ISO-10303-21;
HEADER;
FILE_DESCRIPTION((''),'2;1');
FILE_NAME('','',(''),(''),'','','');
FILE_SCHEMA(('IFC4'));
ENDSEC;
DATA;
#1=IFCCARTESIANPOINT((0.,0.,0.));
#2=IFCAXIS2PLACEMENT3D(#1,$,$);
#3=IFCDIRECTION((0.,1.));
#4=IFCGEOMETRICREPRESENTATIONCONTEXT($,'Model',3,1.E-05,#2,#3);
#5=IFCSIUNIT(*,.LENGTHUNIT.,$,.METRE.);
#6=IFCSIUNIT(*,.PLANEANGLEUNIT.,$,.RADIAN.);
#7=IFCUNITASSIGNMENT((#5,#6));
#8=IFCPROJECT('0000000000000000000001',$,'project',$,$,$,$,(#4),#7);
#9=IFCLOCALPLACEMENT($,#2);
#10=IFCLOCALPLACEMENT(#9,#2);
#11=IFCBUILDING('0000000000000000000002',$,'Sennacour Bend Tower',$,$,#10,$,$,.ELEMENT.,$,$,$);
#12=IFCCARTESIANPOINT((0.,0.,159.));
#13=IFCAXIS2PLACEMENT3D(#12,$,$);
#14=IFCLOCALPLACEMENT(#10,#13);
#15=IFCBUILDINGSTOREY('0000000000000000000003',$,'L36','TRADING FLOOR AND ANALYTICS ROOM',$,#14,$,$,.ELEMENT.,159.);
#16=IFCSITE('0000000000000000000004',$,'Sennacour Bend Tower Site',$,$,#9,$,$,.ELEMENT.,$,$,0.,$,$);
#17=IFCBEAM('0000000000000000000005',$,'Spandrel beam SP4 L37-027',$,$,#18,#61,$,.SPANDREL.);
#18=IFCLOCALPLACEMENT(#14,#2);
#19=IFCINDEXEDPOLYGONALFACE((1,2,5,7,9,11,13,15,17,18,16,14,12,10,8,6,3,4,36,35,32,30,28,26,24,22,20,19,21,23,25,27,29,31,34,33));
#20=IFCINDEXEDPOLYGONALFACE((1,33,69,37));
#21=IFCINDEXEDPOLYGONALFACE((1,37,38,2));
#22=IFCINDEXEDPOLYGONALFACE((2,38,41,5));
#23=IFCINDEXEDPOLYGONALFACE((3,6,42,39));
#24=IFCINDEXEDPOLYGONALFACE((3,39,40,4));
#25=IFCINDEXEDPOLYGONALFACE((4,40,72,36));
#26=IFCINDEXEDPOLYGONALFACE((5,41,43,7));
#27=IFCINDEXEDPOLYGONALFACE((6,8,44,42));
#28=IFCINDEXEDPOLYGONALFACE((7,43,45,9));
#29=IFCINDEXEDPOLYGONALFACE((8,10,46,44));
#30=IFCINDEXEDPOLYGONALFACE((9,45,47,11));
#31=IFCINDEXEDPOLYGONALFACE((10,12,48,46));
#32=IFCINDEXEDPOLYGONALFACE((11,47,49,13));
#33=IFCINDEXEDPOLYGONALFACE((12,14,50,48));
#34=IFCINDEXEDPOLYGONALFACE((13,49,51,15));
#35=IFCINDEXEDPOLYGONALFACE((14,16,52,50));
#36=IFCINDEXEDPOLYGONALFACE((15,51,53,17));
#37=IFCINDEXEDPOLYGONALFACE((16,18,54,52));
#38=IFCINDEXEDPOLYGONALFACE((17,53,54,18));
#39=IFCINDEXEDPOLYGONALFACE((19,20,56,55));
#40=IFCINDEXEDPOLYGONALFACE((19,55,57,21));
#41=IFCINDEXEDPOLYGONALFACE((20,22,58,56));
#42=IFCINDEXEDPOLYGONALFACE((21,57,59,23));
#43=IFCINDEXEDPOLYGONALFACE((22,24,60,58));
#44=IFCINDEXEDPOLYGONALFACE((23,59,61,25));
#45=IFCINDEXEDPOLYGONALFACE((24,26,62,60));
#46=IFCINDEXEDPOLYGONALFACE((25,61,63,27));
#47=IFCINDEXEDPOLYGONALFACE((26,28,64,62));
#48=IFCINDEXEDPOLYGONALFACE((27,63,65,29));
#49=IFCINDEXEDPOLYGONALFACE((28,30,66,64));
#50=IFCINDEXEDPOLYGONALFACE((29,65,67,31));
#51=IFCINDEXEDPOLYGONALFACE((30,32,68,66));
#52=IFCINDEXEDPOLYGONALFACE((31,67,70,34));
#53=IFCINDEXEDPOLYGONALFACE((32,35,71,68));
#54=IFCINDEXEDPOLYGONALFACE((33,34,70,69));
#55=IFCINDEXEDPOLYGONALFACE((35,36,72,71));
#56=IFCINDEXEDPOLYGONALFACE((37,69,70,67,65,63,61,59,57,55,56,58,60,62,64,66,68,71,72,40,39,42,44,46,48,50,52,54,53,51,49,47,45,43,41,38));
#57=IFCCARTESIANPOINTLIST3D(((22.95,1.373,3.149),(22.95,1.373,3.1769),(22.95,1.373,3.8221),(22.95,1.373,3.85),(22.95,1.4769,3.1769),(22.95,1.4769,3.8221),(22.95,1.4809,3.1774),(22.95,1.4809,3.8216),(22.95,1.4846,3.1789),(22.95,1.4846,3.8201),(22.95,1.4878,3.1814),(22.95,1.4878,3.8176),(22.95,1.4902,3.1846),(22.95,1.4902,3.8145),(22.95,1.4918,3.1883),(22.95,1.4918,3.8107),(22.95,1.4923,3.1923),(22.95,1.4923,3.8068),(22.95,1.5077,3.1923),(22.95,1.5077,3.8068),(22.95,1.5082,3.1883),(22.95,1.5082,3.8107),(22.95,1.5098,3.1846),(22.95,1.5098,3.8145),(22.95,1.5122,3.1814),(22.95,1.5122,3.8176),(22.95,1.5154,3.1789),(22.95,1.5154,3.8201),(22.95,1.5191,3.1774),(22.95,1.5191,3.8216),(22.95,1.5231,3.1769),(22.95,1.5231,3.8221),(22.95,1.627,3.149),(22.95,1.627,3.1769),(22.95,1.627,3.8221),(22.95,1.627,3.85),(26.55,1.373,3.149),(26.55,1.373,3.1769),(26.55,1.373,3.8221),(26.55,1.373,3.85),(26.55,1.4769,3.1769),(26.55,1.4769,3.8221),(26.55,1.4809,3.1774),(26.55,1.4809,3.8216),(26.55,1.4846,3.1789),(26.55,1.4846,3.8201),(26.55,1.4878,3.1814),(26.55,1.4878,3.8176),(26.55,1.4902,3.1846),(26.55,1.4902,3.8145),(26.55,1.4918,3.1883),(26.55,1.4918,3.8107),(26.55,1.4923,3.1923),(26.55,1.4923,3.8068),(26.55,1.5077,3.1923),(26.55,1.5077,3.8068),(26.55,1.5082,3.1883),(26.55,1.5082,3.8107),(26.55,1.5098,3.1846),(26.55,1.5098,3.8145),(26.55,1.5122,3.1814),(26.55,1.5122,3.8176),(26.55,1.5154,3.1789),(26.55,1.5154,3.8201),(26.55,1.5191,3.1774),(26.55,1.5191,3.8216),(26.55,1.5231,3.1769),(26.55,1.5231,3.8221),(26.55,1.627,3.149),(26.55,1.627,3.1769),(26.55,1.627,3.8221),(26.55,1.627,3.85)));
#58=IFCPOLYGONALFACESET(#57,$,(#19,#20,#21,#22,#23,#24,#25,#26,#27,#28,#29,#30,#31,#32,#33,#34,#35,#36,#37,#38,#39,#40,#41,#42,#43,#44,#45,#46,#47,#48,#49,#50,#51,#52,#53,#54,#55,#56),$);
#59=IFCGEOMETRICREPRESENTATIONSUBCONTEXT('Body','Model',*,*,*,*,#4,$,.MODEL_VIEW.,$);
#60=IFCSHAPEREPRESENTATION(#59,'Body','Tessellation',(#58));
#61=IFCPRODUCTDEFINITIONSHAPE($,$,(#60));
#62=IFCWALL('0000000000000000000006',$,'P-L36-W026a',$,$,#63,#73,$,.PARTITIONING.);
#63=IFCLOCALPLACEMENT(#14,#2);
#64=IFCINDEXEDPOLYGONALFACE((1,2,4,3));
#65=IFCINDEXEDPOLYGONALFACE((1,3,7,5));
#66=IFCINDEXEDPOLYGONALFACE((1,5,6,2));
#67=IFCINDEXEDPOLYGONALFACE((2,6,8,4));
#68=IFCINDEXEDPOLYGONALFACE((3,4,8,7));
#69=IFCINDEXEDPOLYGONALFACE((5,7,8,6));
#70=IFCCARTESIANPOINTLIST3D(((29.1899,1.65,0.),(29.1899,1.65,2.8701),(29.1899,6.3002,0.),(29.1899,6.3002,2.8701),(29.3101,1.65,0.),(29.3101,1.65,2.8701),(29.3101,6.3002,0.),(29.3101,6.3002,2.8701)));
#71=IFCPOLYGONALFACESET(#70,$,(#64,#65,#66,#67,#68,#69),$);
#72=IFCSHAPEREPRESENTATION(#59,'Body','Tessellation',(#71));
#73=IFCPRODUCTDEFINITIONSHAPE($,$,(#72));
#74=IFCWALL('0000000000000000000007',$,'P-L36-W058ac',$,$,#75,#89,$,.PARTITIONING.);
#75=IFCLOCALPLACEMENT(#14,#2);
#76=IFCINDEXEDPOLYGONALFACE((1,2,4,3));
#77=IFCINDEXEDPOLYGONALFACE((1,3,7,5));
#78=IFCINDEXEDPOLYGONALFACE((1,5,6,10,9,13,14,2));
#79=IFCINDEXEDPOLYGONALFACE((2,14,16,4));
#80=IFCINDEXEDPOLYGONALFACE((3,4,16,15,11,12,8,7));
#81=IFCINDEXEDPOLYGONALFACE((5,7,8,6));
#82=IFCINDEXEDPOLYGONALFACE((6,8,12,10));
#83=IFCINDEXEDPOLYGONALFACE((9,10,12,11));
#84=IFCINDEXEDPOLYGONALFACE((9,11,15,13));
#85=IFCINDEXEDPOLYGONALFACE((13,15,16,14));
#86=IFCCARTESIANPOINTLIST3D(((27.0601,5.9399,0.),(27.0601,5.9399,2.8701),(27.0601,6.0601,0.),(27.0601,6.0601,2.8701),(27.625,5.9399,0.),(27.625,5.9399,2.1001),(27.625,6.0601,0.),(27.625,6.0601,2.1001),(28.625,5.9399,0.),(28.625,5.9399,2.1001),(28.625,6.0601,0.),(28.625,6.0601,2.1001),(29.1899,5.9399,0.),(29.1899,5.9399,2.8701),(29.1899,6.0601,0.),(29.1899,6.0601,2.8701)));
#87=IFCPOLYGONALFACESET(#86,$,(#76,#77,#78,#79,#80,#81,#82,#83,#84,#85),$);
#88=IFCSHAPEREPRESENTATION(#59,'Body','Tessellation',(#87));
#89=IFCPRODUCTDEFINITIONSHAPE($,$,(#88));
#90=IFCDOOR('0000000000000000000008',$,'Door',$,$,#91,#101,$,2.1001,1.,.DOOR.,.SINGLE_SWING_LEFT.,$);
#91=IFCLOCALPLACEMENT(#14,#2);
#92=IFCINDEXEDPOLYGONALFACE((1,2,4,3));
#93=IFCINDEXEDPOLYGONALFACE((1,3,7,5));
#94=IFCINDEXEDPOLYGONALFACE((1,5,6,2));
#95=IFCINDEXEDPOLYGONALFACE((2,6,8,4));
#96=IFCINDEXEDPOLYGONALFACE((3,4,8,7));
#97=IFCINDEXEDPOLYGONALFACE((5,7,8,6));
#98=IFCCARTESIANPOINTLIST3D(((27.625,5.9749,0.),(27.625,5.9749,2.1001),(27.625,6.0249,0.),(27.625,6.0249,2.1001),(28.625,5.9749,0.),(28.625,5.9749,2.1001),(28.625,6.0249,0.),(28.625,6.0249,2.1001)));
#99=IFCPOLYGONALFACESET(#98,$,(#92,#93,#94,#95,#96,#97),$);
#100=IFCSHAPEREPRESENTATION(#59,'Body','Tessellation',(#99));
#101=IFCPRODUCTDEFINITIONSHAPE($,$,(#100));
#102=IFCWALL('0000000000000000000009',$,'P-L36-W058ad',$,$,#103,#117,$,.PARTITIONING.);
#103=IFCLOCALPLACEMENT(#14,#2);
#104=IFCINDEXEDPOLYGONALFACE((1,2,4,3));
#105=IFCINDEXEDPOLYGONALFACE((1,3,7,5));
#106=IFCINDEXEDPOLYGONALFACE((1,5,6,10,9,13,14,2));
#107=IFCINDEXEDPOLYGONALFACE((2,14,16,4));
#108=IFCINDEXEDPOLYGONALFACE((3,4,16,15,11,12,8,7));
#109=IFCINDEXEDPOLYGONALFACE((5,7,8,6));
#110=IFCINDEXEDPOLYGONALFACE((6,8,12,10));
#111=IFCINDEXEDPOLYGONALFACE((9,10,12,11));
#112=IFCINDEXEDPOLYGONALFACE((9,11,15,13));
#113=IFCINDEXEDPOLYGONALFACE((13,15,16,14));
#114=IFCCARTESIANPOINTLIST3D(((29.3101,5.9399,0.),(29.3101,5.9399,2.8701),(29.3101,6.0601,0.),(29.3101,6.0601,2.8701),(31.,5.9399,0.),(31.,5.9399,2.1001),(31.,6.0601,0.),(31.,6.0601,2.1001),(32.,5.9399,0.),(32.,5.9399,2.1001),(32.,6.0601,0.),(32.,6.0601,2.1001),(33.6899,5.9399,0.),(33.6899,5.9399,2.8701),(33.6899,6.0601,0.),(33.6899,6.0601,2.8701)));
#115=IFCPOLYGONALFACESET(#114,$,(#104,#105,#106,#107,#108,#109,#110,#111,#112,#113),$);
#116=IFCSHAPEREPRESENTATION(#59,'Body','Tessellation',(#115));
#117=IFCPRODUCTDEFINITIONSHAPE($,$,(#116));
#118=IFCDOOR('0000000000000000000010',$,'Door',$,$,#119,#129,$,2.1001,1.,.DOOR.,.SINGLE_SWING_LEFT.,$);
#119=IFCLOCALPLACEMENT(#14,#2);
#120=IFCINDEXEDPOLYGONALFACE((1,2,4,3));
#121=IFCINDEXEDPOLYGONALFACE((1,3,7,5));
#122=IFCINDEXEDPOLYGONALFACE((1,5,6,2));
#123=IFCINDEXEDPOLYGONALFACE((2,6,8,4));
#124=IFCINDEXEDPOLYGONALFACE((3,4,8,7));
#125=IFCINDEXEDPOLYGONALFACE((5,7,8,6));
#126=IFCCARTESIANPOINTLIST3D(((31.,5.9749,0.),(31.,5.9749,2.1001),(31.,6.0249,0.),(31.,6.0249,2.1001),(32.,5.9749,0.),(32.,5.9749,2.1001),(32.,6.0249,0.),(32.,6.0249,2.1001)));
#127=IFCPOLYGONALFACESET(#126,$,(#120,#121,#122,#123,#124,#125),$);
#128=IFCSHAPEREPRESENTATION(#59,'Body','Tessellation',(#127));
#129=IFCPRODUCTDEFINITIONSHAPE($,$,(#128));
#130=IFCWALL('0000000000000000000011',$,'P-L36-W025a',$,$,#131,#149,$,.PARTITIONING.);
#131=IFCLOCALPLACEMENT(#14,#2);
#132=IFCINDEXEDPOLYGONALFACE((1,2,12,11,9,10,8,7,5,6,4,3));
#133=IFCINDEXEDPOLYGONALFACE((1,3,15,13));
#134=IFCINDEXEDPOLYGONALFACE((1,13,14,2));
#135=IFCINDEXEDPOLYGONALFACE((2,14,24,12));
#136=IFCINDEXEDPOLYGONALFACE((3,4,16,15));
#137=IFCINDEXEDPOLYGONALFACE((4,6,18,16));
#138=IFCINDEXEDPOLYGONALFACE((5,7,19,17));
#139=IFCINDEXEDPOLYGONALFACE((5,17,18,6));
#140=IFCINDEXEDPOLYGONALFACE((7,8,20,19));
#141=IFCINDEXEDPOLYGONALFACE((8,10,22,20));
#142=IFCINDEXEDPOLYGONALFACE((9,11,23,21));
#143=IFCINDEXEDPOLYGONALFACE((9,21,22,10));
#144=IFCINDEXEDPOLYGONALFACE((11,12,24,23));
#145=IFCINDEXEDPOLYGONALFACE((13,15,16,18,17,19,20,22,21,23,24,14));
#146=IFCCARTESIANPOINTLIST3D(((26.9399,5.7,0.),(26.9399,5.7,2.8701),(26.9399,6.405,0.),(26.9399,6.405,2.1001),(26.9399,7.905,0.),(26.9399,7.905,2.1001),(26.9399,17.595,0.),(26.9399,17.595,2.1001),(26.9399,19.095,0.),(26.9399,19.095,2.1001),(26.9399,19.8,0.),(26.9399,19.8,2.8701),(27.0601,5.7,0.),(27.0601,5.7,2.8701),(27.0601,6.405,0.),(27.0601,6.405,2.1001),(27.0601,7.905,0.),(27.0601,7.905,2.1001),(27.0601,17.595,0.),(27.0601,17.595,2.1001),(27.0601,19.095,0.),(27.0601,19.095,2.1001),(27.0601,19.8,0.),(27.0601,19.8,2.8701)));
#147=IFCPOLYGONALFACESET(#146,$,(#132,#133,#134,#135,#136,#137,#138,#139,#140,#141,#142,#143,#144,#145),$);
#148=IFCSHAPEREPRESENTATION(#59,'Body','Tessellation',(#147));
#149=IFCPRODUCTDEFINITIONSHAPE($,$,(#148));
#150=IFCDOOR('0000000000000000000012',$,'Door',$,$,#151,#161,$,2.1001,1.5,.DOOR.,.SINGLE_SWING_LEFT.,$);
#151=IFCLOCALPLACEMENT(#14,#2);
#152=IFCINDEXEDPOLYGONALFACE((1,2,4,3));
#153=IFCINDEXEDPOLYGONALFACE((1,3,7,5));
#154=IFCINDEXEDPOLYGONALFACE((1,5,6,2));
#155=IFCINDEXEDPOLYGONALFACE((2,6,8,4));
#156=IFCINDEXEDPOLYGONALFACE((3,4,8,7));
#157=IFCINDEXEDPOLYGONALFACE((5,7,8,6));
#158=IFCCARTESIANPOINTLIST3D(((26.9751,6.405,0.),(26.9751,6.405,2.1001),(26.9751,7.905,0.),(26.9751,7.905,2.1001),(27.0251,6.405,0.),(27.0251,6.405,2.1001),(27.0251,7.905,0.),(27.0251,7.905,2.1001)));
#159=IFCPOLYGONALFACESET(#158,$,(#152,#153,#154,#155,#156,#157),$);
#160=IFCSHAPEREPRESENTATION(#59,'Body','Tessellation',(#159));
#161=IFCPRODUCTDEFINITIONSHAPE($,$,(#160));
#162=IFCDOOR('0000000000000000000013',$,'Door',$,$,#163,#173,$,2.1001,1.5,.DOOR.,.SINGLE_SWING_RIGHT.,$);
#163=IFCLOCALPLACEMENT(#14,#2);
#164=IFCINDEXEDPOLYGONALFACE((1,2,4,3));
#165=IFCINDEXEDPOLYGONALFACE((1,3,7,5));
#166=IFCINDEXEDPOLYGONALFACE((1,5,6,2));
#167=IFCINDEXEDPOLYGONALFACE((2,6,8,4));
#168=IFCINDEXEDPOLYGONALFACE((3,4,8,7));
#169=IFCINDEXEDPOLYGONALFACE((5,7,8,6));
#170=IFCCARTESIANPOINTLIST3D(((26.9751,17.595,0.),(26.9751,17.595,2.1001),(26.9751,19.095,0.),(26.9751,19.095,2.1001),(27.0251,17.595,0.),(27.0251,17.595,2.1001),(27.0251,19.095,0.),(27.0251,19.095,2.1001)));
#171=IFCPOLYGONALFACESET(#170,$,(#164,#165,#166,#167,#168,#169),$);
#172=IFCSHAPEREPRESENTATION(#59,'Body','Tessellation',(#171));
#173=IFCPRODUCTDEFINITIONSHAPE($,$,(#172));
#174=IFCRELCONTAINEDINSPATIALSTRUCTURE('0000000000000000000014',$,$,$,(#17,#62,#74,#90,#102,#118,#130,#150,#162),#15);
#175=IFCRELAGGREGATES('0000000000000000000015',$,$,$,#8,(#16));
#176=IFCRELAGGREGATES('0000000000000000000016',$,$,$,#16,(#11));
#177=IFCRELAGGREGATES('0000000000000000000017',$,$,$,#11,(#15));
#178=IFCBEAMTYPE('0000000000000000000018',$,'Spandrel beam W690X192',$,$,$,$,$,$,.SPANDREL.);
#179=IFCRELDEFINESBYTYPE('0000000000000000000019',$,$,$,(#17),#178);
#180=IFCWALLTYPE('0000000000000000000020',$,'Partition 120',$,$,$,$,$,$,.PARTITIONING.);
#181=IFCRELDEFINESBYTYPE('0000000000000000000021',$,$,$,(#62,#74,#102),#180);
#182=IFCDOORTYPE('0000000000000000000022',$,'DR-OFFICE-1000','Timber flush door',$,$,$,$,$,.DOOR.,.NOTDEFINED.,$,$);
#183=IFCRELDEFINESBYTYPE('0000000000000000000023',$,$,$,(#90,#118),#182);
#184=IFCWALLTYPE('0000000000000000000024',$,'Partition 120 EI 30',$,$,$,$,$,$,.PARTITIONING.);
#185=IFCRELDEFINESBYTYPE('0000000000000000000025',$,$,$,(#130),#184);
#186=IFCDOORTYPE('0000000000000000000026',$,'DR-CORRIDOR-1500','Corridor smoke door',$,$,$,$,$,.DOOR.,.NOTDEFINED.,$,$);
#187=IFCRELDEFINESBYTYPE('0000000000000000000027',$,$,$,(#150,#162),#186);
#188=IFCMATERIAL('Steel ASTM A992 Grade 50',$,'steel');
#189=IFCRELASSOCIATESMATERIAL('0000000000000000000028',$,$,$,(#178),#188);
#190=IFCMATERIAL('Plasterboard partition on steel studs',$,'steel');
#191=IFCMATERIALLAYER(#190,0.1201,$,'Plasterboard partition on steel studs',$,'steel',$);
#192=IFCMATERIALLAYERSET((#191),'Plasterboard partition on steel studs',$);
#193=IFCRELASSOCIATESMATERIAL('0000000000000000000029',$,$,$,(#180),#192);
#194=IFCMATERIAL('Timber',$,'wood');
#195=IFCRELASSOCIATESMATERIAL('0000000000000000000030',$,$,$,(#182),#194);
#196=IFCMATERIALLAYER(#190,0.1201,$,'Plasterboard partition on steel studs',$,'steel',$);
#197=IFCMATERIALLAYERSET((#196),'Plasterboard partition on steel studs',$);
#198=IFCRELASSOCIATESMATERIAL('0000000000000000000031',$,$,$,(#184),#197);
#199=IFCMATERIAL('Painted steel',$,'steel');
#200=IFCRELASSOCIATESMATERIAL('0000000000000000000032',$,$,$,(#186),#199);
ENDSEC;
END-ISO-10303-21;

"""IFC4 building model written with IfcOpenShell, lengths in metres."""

from ifc_helpers import new_model, si_unit, direction, frame, frame_2d, origin, origin_2d, place, context, subcontext, project, spatial, rectangle, i_section, extrude, material, layer, layer_set, material_profile, profile_set, type_object, element, fill, save


model = new_model("IFC4")

# Units and contexts
model_context = context("Model", 3, precision=1e-05, world=origin(), true_north=direction((0.0, 1.0)))
body_context = subcontext(model_context, "Body", "Model", "MODEL_VIEW")
ifc_project = project(units=[si_unit("LENGTHUNIT", "METRE"), si_unit("PLANEANGLEUNIT", "RADIAN")], contexts=[model_context])

# Site, building, storey
site_placement = place(None, origin())
site = spatial("IfcSite", under=ifc_project, at=site_placement, Name="Sennacour Bend Tower Site", CompositionType="ELEMENT", RefElevation=0.0)
building_placement = place(site_placement, origin())
building = spatial("IfcBuilding", under=site, at=building_placement, Name="Sennacour Bend Tower", CompositionType="ELEMENT")
storey_placement = place(building_placement, frame((0.0, 0.0, 159.0)))
storey = spatial("IfcBuildingStorey", under=building, at=storey_placement, Name="L36", Description="TRADING FLOOR AND ANALYTICS ROOM", CompositionType="ELEMENT", Elevation=159.0)

# Beam
ifc_material_1 = material(Name="Steel ASTM A992 Grade 50", Category="steel")
ifc_material_profile_1 = material_profile(ifc_material_1, i_section(OverallWidth=0.2539, OverallDepth=0.7009, WebThickness=0.0154, FlangeThickness=0.0278, FilletRadius=0.0154, at=origin_2d()), Name="Steel ASTM A992 Grade 50", Category="steel")
ifc_profile_set_1 = profile_set([ifc_material_profile_1], Name="Steel ASTM A992 Grade 50")
beam_type_1 = type_object("IfcBeamType", Name="Spandrel beam W690X192", PredefinedType="SPANDREL", material=ifc_profile_set_1)
for number, where, z_axis, x_axis, name in (
    (1, (26.55, 1.5, 3.4995), (-1.0, 0.0, 0.0), (0.0, -1.0, 0.0), "Spandrel beam SP4 L37-027"),
):
    element("IfcBeam", number, at=place(storey_placement, frame(where, z_axis=z_axis, x_axis=x_axis)), inside=storey, type_object=beam_type_1, Name=name, PredefinedType="SPANDREL", context=body_context, shape_type="SweptSolid", body=[
        extrude(i_section(OverallWidth=0.2539, OverallDepth=0.7009, WebThickness=0.0154, FlangeThickness=0.0278, FilletRadius=0.0154, at=origin_2d()), origin(), (0.0, 0.0, 1.0), 3.6001),
    ])

# Wall
ifc_material_2 = material(Name="Plasterboard partition on steel studs", Category="steel")
ifc_layer_1 = layer(ifc_material_2, 0.1201, Name="Plasterboard partition on steel studs", Category="steel")
ifc_layer_set_1 = layer_set([ifc_layer_1], Name="Plasterboard partition on steel studs")
wall_type_1 = type_object("IfcWallType", Name="Partition 120", PredefinedType="PARTITIONING", material=ifc_layer_set_1)
wall_1_placement = place(storey_placement, frame((29.25, 1.6499, 0.0), z_axis=(0.0, 0.0, 1.0), x_axis=(0.0, 1.0, 0.0)))
element("IfcWall", 2, at=wall_1_placement, inside=storey, type_object=wall_type_1, Name="P-L36-W026a", PredefinedType="PARTITIONING", context=body_context, shape_type="SweptSolid", body=[
    extrude(rectangle(XDim=4.6501, YDim=0.1201, at=frame_2d((2.3252, 0.0))), origin(), (0.0, 0.0, 1.0), 2.8701),
])

# Walls, openings, doors
wall_2_placement = place(storey_placement, frame((27.0601, 6.0, 0.0), z_axis=(0.0, 0.0, 1.0), x_axis=(1.0, 0.0, 0.0)))
wall_2 = element("IfcWall", 3, at=wall_2_placement, inside=storey, type_object=wall_type_1, Name="P-L36-W058ac", PredefinedType="PARTITIONING", context=body_context, shape_type="SweptSolid", body=[
    extrude(rectangle(XDim=2.1299, YDim=0.1201, at=frame_2d((1.0649, 0.0))), origin(), (0.0, 0.0, 1.0), 2.8701),
])
opening_1_placement = place(wall_2_placement, frame((0.5649, 0.0, 0.0)))
opening_1 = element("IfcOpeningElement", 4, at=opening_1_placement, cuts=wall_2, PredefinedType="OPENING", context=body_context, shape_type="SweptSolid", body=[
    extrude(rectangle(XDim=1.0, YDim=2.1001, at=frame_2d((0.5, 1.05))), frame((0.0, 0.0701, 0.0), z_axis=(0.0, -1.0, 0.0), x_axis=(1.0, 0.0, 0.0)), (0.0, 0.0, 1.0), 0.1401),
])
ifc_material_3 = material(Name="Timber", Category="wood")
door_type_1 = type_object("IfcDoorType", Name="DR-OFFICE-1000", Description="Timber flush door", OperationType="NOTDEFINED", PredefinedType="DOOR", material=ifc_material_3)
door_1_placement = place(opening_1_placement, origin())
door_1 = element("IfcDoor", 5, at=door_1_placement, inside=storey, type_object=door_type_1, Name="Door", OperationType="SINGLE_SWING_LEFT", OverallHeight=2.1001, OverallWidth=1.0, PredefinedType="DOOR", context=body_context, shape_type="SweptSolid", body=[
    extrude(rectangle(XDim=1.0, YDim=2.1001, at=frame_2d((0.5, 1.05))), frame((0.0, 0.0249, 0.0), z_axis=(0.0, -1.0, 0.0), x_axis=(1.0, 0.0, 0.0)), (0.0, 0.0, 1.0), 0.05),
])
fill(opening_1, door_1)
wall_3_placement = place(storey_placement, frame((29.3101, 6.0, 0.0), z_axis=(0.0, 0.0, 1.0), x_axis=(1.0, 0.0, 0.0)))
wall_3 = element("IfcWall", 6, at=wall_3_placement, inside=storey, type_object=wall_type_1, Name="P-L36-W058ad", PredefinedType="PARTITIONING", context=body_context, shape_type="SweptSolid", body=[
    extrude(rectangle(XDim=4.3799, YDim=0.1201, at=frame_2d((2.1899, 0.0))), origin(), (0.0, 0.0, 1.0), 2.8701),
])
opening_2_placement = place(wall_3_placement, frame((1.6899, 0.0, 0.0)))
opening_2 = element("IfcOpeningElement", 7, at=opening_2_placement, cuts=wall_3, PredefinedType="OPENING", context=body_context, shape_type="SweptSolid", body=[
    extrude(rectangle(XDim=1.0, YDim=2.1001, at=frame_2d((0.5, 1.05))), frame((0.0, 0.0701, 0.0), z_axis=(0.0, -1.0, 0.0), x_axis=(1.0, 0.0, 0.0)), (0.0, 0.0, 1.0), 0.1401),
])
door_2_placement = place(opening_2_placement, origin())
door_2 = element("IfcDoor", 8, at=door_2_placement, inside=storey, type_object=door_type_1, Name="Door", OperationType="SINGLE_SWING_LEFT", OverallHeight=2.1001, OverallWidth=1.0, PredefinedType="DOOR", context=body_context, shape_type="SweptSolid", body=[
    extrude(rectangle(XDim=1.0, YDim=2.1001, at=frame_2d((0.5, 1.05))), frame((0.0, 0.0249, 0.0), z_axis=(0.0, -1.0, 0.0), x_axis=(1.0, 0.0, 0.0)), (0.0, 0.0, 1.0), 0.05),
])
fill(opening_2, door_2)

# Wall, openings, doors
ifc_layer_2 = layer(ifc_material_2, 0.1201, Name="Plasterboard partition on steel studs", Category="steel")
ifc_layer_set_2 = layer_set([ifc_layer_2], Name="Plasterboard partition on steel studs")
wall_type_2 = type_object("IfcWallType", Name="Partition 120 EI 30", PredefinedType="PARTITIONING", material=ifc_layer_set_2)
wall_4_placement = place(storey_placement, frame((27.0, 5.7, 0.0), z_axis=(0.0, 0.0, 1.0), x_axis=(0.0, 1.0, 0.0)))
wall_4 = element("IfcWall", 9, at=wall_4_placement, inside=storey, type_object=wall_type_2, Name="P-L36-W025a", PredefinedType="PARTITIONING", context=body_context, shape_type="SweptSolid", body=[
    extrude(rectangle(XDim=14.1001, YDim=0.1201, at=frame_2d((7.05, 0.0))), origin(), (0.0, 0.0, 1.0), 2.8701),
])
opening_3_placement = place(wall_4_placement, frame((0.7051, 0.0, 0.0)))
opening_3 = element("IfcOpeningElement", 10, at=opening_3_placement, cuts=wall_4, PredefinedType="OPENING", context=body_context, shape_type="SweptSolid", body=[
    extrude(rectangle(XDim=1.5, YDim=2.1001, at=frame_2d((0.75, 1.05))), frame((0.0, 0.0701, 0.0), z_axis=(0.0, -1.0, 0.0), x_axis=(1.0, 0.0, 0.0)), (0.0, 0.0, 1.0), 0.1401),
])
opening_4_placement = place(wall_4_placement, frame((11.895, 0.0, 0.0)))
opening_4 = element("IfcOpeningElement", 11, at=opening_4_placement, cuts=wall_4, PredefinedType="OPENING", context=body_context, shape_type="SweptSolid", body=[
    extrude(rectangle(XDim=1.5, YDim=2.1001, at=frame_2d((0.75, 1.05))), frame((0.0, 0.0701, 0.0), z_axis=(0.0, -1.0, 0.0), x_axis=(1.0, 0.0, 0.0)), (0.0, 0.0, 1.0), 0.1401),
])
ifc_material_4 = material(Name="Painted steel", Category="steel")
door_type_2 = type_object("IfcDoorType", Name="DR-CORRIDOR-1500", Description="Corridor smoke door", OperationType="NOTDEFINED", PredefinedType="DOOR", material=ifc_material_4)
door_3_placement = place(opening_3_placement, origin())
door_3 = element("IfcDoor", 12, at=door_3_placement, inside=storey, type_object=door_type_2, Name="Door", OperationType="SINGLE_SWING_LEFT", OverallHeight=2.1001, OverallWidth=1.5, PredefinedType="DOOR", context=body_context, shape_type="SweptSolid", body=[
    extrude(rectangle(XDim=1.5, YDim=2.1001, at=frame_2d((0.75, 1.05))), frame((0.0, 0.0249, 0.0), z_axis=(0.0, -1.0, 0.0), x_axis=(1.0, 0.0, 0.0)), (0.0, 0.0, 1.0), 0.05),
])
fill(opening_3, door_3)
door_4_placement = place(opening_4_placement, origin())
door_4 = element("IfcDoor", 13, at=door_4_placement, inside=storey, type_object=door_type_2, Name="Door", OperationType="SINGLE_SWING_RIGHT", OverallHeight=2.1001, OverallWidth=1.5, PredefinedType="DOOR", context=body_context, shape_type="SweptSolid", body=[
    extrude(rectangle(XDim=1.5, YDim=2.1001, at=frame_2d((0.75, 1.05))), frame((0.0, 0.0249, 0.0), z_axis=(0.0, -1.0, 0.0), x_axis=(1.0, 0.0, 0.0)), (0.0, 0.0, 1.0), 0.05),
])
fill(opening_4, door_4)

save(model, "model.ifc")
